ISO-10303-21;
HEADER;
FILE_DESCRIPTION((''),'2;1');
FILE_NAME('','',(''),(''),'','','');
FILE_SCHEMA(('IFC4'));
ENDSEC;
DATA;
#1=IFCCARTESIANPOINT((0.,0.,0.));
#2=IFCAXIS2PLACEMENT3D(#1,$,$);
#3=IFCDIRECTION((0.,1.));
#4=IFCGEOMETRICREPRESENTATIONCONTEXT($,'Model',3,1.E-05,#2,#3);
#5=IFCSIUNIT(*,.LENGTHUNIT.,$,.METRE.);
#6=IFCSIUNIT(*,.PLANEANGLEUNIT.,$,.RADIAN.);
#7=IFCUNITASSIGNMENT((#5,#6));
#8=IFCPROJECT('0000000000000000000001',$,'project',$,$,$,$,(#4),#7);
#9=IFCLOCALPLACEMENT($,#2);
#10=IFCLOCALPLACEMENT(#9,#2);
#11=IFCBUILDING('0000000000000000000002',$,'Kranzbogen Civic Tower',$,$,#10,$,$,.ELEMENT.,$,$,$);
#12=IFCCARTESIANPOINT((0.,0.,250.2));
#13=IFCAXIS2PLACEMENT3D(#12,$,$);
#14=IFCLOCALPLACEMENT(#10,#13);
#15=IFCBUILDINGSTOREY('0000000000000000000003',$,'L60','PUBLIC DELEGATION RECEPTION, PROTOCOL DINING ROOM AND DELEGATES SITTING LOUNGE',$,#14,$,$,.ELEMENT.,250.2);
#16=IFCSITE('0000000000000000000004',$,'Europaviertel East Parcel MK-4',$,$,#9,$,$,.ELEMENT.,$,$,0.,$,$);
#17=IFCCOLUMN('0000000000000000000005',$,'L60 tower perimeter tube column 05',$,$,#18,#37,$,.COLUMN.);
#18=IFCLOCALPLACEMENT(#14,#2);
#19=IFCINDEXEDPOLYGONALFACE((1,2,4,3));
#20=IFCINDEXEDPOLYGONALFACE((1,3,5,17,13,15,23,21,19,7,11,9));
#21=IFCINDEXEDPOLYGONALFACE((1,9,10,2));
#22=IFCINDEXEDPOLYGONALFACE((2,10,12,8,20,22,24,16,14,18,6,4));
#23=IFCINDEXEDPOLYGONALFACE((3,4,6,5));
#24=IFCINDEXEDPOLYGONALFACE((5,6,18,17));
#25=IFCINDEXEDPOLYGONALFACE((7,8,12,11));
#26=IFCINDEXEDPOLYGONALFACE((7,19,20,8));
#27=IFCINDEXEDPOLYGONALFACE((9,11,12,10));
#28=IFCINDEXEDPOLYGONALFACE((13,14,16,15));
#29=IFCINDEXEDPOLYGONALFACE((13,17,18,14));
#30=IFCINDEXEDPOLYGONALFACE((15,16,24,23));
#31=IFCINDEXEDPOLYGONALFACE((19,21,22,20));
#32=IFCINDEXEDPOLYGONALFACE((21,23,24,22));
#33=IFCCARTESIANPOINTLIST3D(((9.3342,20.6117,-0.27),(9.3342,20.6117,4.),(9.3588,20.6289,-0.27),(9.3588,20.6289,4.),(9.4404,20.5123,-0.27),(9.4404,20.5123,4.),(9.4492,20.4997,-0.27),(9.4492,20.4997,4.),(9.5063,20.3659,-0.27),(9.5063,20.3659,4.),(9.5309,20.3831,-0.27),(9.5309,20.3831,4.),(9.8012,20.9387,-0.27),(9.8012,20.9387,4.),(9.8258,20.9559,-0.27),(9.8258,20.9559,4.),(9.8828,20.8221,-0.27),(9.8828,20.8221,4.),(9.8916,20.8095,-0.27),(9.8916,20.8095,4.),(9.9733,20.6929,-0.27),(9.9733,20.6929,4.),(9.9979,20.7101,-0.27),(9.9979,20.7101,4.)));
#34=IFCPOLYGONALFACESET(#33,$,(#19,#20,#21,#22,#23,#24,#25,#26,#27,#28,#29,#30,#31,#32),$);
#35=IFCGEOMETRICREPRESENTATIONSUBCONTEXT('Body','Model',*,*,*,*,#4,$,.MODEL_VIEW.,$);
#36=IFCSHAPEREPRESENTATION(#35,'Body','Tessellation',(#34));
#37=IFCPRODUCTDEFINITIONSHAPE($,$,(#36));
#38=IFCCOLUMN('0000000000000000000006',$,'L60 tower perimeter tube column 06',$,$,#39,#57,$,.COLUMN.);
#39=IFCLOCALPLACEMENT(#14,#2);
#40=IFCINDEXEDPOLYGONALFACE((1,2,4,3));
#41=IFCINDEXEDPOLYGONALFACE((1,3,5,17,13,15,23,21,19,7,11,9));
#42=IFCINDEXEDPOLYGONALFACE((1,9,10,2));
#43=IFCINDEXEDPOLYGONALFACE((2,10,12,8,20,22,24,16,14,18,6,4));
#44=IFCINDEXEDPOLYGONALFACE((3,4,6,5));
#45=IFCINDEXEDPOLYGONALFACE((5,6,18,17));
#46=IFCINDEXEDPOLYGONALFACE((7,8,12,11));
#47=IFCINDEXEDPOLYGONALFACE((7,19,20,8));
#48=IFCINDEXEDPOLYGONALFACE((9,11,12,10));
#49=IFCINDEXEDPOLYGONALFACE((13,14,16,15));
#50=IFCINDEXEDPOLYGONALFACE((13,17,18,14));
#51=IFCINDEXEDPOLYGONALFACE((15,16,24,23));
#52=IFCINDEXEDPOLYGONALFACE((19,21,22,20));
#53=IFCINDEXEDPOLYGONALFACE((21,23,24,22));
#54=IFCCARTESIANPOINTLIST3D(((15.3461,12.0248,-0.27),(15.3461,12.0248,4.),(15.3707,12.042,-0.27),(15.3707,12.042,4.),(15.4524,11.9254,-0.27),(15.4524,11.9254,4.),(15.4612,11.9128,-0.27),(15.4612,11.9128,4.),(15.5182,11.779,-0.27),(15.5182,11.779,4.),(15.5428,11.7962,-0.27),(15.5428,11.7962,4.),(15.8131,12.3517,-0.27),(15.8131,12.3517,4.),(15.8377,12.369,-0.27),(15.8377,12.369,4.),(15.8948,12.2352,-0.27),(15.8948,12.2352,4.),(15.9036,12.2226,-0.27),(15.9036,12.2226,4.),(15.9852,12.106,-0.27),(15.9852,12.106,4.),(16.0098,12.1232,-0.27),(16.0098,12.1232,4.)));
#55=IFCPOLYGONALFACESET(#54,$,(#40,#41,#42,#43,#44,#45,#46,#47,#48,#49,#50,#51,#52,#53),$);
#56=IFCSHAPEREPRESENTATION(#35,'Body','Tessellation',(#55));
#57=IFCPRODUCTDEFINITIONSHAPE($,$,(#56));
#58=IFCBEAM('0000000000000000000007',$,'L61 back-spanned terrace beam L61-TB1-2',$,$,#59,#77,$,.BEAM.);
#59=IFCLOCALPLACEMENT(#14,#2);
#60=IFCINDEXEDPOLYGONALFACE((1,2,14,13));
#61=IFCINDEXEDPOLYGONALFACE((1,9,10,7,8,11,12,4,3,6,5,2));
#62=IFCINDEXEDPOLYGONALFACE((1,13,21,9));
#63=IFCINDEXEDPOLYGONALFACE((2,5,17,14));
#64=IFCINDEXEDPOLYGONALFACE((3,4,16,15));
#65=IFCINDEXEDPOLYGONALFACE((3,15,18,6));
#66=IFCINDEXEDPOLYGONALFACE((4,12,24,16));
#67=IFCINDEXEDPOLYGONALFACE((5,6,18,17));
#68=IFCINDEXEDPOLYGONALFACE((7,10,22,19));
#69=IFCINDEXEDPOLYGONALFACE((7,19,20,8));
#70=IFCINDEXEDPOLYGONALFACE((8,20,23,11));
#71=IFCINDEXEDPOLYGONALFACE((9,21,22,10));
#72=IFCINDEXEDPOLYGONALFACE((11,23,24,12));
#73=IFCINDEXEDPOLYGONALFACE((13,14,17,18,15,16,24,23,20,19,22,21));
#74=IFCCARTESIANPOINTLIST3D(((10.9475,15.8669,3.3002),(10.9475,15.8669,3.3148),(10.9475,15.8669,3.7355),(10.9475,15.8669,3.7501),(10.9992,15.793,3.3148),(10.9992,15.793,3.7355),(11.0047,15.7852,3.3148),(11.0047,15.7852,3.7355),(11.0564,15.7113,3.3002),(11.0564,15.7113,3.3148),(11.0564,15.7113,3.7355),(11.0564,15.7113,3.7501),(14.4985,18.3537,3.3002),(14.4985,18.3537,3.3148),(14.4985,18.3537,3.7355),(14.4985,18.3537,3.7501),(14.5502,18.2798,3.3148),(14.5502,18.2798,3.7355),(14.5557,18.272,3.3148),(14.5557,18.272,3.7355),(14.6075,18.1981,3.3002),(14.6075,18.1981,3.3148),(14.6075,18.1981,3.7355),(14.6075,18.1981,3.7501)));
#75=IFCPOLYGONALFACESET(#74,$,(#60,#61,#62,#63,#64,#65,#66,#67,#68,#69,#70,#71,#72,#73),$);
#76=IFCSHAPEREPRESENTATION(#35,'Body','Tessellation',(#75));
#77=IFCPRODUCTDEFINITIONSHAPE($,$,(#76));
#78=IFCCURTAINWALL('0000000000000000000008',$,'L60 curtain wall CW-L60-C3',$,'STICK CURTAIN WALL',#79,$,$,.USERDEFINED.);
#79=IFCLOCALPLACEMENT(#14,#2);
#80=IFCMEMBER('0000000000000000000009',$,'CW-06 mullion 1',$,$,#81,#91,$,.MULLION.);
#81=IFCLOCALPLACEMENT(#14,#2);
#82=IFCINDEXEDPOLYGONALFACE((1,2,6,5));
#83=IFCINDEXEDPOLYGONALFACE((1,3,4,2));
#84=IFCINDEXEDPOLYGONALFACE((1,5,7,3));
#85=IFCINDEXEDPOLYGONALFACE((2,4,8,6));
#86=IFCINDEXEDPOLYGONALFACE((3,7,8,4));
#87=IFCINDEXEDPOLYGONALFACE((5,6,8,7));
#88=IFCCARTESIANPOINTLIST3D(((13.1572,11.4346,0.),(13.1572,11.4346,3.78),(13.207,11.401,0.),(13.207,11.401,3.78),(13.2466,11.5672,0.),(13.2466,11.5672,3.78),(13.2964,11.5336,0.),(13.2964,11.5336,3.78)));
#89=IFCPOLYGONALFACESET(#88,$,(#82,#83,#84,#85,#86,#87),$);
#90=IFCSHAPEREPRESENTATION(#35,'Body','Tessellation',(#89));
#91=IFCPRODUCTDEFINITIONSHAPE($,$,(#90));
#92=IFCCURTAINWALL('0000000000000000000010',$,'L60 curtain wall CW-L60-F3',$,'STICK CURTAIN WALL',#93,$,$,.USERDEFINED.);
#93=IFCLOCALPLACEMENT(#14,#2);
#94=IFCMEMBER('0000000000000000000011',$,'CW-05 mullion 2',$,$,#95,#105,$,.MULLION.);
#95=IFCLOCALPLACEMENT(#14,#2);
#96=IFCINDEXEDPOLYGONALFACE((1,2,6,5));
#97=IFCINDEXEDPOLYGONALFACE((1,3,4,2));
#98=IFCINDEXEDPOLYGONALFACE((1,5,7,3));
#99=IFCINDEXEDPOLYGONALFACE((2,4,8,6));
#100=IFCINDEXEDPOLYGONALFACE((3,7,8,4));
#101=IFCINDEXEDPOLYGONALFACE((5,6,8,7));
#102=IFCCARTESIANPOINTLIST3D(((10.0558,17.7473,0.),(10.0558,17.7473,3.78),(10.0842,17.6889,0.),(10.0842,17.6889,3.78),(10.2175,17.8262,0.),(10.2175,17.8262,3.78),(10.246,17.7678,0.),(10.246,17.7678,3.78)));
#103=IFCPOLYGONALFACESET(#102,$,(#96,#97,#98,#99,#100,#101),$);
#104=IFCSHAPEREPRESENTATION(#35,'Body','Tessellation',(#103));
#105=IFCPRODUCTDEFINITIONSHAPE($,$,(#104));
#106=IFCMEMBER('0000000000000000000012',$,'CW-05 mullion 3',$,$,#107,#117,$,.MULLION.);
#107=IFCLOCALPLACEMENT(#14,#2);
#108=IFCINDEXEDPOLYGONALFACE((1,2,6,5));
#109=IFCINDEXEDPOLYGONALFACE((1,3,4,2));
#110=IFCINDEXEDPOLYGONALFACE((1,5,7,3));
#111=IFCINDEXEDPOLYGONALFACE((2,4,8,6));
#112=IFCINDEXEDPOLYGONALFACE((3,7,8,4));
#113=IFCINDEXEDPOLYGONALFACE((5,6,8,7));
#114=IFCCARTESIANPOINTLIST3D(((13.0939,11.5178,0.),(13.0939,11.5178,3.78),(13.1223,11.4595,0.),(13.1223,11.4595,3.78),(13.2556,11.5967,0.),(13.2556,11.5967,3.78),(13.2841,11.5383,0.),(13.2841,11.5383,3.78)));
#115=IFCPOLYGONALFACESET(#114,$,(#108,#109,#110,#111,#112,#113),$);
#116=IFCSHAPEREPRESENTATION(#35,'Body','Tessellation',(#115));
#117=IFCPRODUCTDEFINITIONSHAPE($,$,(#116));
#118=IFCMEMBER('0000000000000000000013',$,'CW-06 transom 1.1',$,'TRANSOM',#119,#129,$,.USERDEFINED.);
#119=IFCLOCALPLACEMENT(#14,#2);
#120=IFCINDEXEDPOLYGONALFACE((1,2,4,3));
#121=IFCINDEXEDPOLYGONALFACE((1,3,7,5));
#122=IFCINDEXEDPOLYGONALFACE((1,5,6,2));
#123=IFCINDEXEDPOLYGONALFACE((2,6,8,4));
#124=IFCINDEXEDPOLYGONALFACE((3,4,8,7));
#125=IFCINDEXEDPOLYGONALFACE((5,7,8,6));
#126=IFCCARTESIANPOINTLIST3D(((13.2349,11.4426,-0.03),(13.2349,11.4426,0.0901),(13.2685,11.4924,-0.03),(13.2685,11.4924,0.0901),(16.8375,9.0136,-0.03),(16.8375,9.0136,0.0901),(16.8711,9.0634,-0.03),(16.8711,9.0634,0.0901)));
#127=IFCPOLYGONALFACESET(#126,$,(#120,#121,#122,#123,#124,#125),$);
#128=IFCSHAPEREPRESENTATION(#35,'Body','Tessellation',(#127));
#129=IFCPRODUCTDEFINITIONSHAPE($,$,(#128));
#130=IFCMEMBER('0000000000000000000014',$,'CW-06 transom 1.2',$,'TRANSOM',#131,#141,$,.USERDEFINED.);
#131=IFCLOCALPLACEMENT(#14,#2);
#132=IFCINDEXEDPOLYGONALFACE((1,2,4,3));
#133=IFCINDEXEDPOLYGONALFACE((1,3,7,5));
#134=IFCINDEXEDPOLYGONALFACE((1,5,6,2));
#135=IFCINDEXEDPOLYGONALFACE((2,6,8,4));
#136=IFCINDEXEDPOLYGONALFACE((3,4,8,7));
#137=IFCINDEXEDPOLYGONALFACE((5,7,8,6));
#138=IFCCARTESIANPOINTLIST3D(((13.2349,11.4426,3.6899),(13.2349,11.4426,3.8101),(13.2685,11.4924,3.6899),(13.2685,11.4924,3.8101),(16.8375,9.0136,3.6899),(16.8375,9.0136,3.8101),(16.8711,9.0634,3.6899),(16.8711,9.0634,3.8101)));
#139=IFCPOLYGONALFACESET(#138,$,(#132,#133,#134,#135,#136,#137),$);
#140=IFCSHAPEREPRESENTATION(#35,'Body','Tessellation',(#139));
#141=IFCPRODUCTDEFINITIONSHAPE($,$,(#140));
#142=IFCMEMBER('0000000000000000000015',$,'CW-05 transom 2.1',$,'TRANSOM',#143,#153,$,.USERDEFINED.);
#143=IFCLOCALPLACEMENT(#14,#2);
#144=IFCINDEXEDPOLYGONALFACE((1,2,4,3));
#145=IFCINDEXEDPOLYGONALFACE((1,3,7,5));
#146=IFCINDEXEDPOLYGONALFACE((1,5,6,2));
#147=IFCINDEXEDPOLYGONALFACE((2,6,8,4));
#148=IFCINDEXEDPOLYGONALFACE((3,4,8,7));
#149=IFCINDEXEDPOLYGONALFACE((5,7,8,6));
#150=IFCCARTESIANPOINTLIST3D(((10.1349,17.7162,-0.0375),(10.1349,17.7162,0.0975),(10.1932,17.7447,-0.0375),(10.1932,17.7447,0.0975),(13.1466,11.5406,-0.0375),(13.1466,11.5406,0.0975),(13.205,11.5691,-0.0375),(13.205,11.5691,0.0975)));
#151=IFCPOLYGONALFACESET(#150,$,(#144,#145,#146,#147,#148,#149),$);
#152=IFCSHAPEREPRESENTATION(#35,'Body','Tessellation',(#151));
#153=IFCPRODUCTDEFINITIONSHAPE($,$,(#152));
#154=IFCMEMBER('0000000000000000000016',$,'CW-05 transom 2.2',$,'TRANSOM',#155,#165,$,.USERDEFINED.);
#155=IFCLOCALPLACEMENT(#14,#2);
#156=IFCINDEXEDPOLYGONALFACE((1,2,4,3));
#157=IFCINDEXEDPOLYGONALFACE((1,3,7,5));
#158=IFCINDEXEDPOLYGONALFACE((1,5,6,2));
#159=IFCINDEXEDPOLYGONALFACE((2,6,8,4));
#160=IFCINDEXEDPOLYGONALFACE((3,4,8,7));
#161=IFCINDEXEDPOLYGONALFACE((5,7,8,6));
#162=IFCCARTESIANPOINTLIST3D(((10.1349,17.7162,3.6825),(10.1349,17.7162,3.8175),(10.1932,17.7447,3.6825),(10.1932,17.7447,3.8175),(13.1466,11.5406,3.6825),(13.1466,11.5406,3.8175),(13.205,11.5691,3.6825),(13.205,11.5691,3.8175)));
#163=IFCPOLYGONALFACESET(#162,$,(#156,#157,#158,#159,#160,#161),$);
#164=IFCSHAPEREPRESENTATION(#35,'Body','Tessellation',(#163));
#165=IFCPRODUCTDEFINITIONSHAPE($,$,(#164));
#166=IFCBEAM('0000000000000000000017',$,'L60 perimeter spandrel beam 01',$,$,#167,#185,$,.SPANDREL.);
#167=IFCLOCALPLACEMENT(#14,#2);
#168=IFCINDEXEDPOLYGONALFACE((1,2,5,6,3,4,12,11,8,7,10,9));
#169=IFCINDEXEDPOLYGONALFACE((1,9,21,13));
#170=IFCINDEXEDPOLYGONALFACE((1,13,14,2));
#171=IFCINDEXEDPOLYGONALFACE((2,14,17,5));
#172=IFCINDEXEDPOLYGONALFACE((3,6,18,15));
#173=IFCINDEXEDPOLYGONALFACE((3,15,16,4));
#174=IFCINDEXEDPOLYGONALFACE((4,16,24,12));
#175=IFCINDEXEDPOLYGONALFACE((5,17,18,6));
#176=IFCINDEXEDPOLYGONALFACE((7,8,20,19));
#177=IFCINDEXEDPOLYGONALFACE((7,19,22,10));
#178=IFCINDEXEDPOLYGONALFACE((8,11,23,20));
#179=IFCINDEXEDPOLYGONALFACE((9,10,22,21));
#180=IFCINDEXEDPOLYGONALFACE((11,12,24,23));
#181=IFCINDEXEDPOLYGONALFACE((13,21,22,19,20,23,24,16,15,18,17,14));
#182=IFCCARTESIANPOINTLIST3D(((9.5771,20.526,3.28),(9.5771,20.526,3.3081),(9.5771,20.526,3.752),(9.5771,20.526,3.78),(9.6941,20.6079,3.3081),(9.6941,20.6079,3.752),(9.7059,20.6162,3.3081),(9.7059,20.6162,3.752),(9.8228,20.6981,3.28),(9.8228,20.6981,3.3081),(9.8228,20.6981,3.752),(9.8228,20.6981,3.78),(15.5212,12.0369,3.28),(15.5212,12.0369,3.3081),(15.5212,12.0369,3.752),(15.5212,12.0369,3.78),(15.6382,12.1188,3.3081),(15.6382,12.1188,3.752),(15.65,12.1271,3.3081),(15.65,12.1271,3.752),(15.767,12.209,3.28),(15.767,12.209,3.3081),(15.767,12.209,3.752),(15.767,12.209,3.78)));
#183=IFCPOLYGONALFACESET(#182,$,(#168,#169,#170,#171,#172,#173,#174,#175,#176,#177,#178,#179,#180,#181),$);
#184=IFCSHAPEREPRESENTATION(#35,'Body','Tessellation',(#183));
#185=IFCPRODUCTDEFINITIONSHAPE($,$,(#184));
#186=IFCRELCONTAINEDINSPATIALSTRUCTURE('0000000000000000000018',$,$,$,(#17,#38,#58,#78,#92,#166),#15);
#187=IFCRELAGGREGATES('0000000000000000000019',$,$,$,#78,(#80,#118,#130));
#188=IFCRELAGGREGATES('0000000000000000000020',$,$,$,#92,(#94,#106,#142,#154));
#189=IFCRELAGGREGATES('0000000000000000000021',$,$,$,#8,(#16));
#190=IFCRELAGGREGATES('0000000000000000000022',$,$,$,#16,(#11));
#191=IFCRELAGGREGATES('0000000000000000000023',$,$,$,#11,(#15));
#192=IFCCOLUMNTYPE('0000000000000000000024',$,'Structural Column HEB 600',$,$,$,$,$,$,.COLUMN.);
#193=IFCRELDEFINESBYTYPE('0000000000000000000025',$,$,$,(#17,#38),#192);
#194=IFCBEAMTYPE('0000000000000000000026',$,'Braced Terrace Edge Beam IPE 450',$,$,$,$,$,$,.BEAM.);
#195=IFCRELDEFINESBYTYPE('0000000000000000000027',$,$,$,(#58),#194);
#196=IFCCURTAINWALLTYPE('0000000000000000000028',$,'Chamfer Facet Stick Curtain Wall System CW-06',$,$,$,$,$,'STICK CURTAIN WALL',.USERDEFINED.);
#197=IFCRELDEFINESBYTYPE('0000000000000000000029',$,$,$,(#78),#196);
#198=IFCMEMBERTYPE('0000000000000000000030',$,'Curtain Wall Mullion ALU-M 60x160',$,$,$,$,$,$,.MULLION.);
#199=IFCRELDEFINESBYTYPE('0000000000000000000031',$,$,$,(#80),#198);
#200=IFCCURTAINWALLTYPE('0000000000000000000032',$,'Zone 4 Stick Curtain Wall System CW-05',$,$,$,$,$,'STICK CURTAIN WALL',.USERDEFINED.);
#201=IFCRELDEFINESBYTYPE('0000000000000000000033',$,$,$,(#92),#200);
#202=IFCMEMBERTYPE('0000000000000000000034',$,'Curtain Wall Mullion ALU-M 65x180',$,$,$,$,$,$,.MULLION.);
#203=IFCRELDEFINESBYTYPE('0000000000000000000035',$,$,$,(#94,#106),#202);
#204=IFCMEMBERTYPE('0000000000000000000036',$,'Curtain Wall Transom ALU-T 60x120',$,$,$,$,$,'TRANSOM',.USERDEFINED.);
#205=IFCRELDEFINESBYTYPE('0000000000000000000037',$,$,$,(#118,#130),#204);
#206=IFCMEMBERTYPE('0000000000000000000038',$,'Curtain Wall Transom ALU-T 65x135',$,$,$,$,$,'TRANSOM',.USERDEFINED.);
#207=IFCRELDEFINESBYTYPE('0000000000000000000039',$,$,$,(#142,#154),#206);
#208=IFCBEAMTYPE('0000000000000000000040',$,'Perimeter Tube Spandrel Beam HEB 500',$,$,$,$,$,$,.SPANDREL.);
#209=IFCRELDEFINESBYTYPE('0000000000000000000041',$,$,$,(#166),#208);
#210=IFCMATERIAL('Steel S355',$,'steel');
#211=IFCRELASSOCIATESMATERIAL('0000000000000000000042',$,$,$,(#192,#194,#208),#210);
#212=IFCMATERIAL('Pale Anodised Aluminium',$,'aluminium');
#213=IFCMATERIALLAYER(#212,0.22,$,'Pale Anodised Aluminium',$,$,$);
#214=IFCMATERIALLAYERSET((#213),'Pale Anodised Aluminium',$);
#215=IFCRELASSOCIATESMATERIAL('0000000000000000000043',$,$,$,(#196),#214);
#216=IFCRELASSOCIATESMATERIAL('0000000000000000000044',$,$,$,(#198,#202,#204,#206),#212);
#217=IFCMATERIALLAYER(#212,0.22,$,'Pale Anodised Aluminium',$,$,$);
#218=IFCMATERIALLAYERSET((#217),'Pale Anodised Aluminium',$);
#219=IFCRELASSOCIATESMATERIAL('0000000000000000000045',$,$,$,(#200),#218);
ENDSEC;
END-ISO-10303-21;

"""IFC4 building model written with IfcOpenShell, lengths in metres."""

from ifc_helpers import new_model, si_unit, direction, frame, origin, origin_2d, place, context, subcontext, project, spatial, rectangle, i_section, extrude, material, layer, layer_set, material_profile, profile_set, type_object, element, aggregate, save


model = new_model("IFC4")

# Units and contexts
model_context = context("Model", 3, precision=1e-05, world=origin(), true_north=direction((0.0, 1.0)))
body_context = subcontext(model_context, "Body", "Model", "MODEL_VIEW")
ifc_project = project(units=[si_unit("LENGTHUNIT", "METRE"), si_unit("PLANEANGLEUNIT", "RADIAN")], contexts=[model_context])

# Site, building, storey
site_placement = place(None, origin())
site = spatial("IfcSite", under=ifc_project, at=site_placement, Name="Europaviertel East Parcel MK-4", CompositionType="ELEMENT", RefElevation=0.0)
building_placement = place(site_placement, origin())
building = spatial("IfcBuilding", under=site, at=building_placement, Name="Kranzbogen Civic Tower", CompositionType="ELEMENT")
storey_placement = place(building_placement, frame((0.0, 0.0, 250.2)))
storey = spatial("IfcBuildingStorey", under=building, at=storey_placement, Name="L60", Description="PUBLIC DELEGATION RECEPTION, PROTOCOL DINING ROOM AND DELEGATES SITTING LOUNGE", CompositionType="ELEMENT", Elevation=250.2)

# Columns
ifc_material_1 = material(Name="Steel S355", Category="steel")
ifc_material_profile_1 = material_profile(ifc_material_1, i_section(OverallWidth=0.3, OverallDepth=0.6001, WebThickness=0.0154, FlangeThickness=0.03, at=origin_2d()), Name="HEB 600")
ifc_profile_set_1 = profile_set([ifc_material_profile_1], Name="Steel S355")
column_type = type_object("IfcColumnType", Name="Structural Column HEB 600", PredefinedType="COLUMN", material=ifc_profile_set_1)
for number, where, z_axis, x_axis, name in (
    (1, (9.666, 20.6609, -0.27), (0.0, 0.0, 1.0), (-0.573576, 0.819152, 0.0), "L60 tower perimeter tube column 05"),
    (2, (15.678, 12.074, -0.27), (0.0, 0.0, 1.0), (-0.573576, 0.819152, 0.0), "L60 tower perimeter tube column 06"),
):
    element("IfcColumn", number, at=place(storey_placement, frame(where, z_axis=z_axis, x_axis=x_axis)), inside=storey, type_object=column_type, Name=name, PredefinedType="COLUMN", context=body_context, shape_type="SweptSolid", body=[
        extrude(i_section(OverallWidth=0.3, OverallDepth=0.6001, WebThickness=0.0154, FlangeThickness=0.03, at=origin_2d()), origin(), (0.0, 0.0, 1.0), 4.27),
    ])

# Beam
ifc_material_profile_2 = material_profile(ifc_material_1, i_section(OverallWidth=0.1899, OverallDepth=0.45, WebThickness=0.0095, FlangeThickness=0.0146, at=origin_2d()), Name="IPE 450")
ifc_profile_set_2 = profile_set([ifc_material_profile_2], Name="Steel S355")
beam_type_1 = type_object("IfcBeamType", Name="Braced Terrace Edge Beam IPE 450", PredefinedType="BEAM", material=ifc_profile_set_2)
beam_1_placement = place(storey_placement, frame((14.553, 18.2759, 3.5251), z_axis=(-0.819113, -0.573632, 0.0), x_axis=(0.573632, -0.819113, 0.0)))
element("IfcBeam", 3, at=beam_1_placement, inside=storey, type_object=beam_type_1, Name="L61 back-spanned terrace beam L61-TB1-2", PredefinedType="BEAM", context=body_context, shape_type="SweptSolid", body=[
    extrude(i_section(OverallWidth=0.1899, OverallDepth=0.45, WebThickness=0.0095, FlangeThickness=0.0146, at=origin_2d()), origin(), (0.0, 0.0, 1.0), 4.3352),
])

# Curtain wall, member
ifc_material_2 = material(Name="Pale Anodised Aluminium", Category="aluminium")
ifc_layer_1 = layer(ifc_material_2, 0.22, Name="Pale Anodised Aluminium")
ifc_layer_set_1 = layer_set([ifc_layer_1], Name="Pale Anodised Aluminium")
curtain_wall_type_1 = type_object("IfcCurtainWallType", Name="Chamfer Facet Stick Curtain Wall System CW-06", ElementType="STICK CURTAIN WALL", PredefinedType="USERDEFINED", material=ifc_layer_set_1)
curtain_wall_1_placement = place(storey_placement, origin())
curtain_wall_1 = element("IfcCurtainWall", 4, at=curtain_wall_1_placement, inside=storey, type_object=curtain_wall_type_1, Name="L60 curtain wall CW-L60-C3", ObjectType="STICK CURTAIN WALL", PredefinedType="USERDEFINED")
ifc_material_profile_3 = material_profile(ifc_material_2, rectangle(XDim=0.0601, YDim=0.1599, at=origin_2d()), Name="ALU-M 60x160")
ifc_profile_set_3 = profile_set([ifc_material_profile_3], Name="Pale Anodised Aluminium")
member_type_1 = type_object("IfcMemberType", Name="Curtain Wall Mullion ALU-M 60x160", PredefinedType="MULLION", material=ifc_profile_set_3)
member_1_placement = place(storey_placement, frame((13.2268, 11.4841, 0.0), z_axis=(0.0, 0.0, 1.0), x_axis=(0.829145, -0.559034, 0.0)))
member_1 = element("IfcMember", 5, at=member_1_placement, type_object=member_type_1, Name="CW-06 mullion 1", PredefinedType="MULLION", context=body_context, shape_type="SweptSolid", body=[
    extrude(rectangle(XDim=0.0601, YDim=0.1599, at=origin_2d()), origin(), (0.0, 0.0, 1.0), 3.78),
])

# Curtain wall, members
ifc_layer_2 = layer(ifc_material_2, 0.22, Name="Pale Anodised Aluminium")
ifc_layer_set_2 = layer_set([ifc_layer_2], Name="Pale Anodised Aluminium")
curtain_wall_type_2 = type_object("IfcCurtainWallType", Name="Zone 4 Stick Curtain Wall System CW-05", ElementType="STICK CURTAIN WALL", PredefinedType="USERDEFINED", material=ifc_layer_set_2)
curtain_wall_2_placement = place(storey_placement, origin())
curtain_wall_2 = element("IfcCurtainWall", 6, at=curtain_wall_2_placement, inside=storey, type_object=curtain_wall_type_2, Name="L60 curtain wall CW-L60-F3", ObjectType="STICK CURTAIN WALL", PredefinedType="USERDEFINED")
ifc_material_profile_4 = material_profile(ifc_material_2, rectangle(XDim=0.0649, YDim=0.1799, at=origin_2d()), Name="ALU-M 65x180")
ifc_profile_set_4 = profile_set([ifc_material_profile_4], Name="Pale Anodised Aluminium")
member_type_2 = type_object("IfcMemberType", Name="Curtain Wall Mullion ALU-M 65x180", PredefinedType="MULLION", material=ifc_profile_set_4)
member_2_placement = place(storey_placement, frame((10.1509, 17.7576, 0.0), z_axis=(0.0, 0.0, 1.0), x_axis=(0.438313, -0.898822, 0.0)))
member_2 = element("IfcMember", 7, at=member_2_placement, type_object=member_type_2, Name="CW-05 mullion 2", PredefinedType="MULLION", context=body_context, shape_type="SweptSolid", body=[
    extrude(rectangle(XDim=0.0649, YDim=0.1799, at=origin_2d()), origin(), (0.0, 0.0, 1.0), 3.78),
])
member_3_placement = place(storey_placement, frame((13.189, 11.5281, 0.0), z_axis=(0.0, 0.0, 1.0), x_axis=(0.438313, -0.898822, 0.0)))
member_3 = element("IfcMember", 8, at=member_3_placement, type_object=member_type_2, Name="CW-05 mullion 3", PredefinedType="MULLION", context=body_context, shape_type="SweptSolid", body=[
    extrude(rectangle(XDim=0.0649, YDim=0.1799, at=origin_2d()), origin(), (0.0, 0.0, 1.0), 3.78),
])

# Members
ifc_material_profile_5 = material_profile(ifc_material_2, rectangle(XDim=0.0601, YDim=0.1201, at=origin_2d()), Name="ALU-T 60x120")
ifc_profile_set_5 = profile_set([ifc_material_profile_5], Name="Pale Anodised Aluminium")
member_type_3 = type_object("IfcMemberType", Name="Curtain Wall Transom ALU-T 60x120", ElementType="TRANSOM", PredefinedType="USERDEFINED", material=ifc_profile_set_5)
member_4_placement = place(storey_placement, frame((13.2517, 11.4675, 0.03), z_axis=(0.829143, -0.559037, 0.0), x_axis=(0.559037, 0.829143, 0.0)))
member_4 = element("IfcMember", 9, at=member_4_placement, type_object=member_type_3, Name="CW-06 transom 1.1", ObjectType="TRANSOM", PredefinedType="USERDEFINED", context=body_context, shape_type="SweptSolid", body=[
    extrude(rectangle(XDim=0.0601, YDim=0.1201, at=origin_2d()), origin(), (0.0, 0.0, 1.0), 4.345),
])
member_5_placement = place(storey_placement, frame((13.2517, 11.4675, 3.75), z_axis=(0.829143, -0.559037, 0.0), x_axis=(0.559037, 0.829143, 0.0)))
member_5 = element("IfcMember", 10, at=member_5_placement, type_object=member_type_3, Name="CW-06 transom 1.2", ObjectType="TRANSOM", PredefinedType="USERDEFINED", context=body_context, shape_type="SweptSolid", body=[
    extrude(rectangle(XDim=0.0601, YDim=0.1201, at=origin_2d()), origin(), (0.0, 0.0, 1.0), 4.345),
])
ifc_material_profile_6 = material_profile(ifc_material_2, rectangle(XDim=0.0649, YDim=0.135, at=origin_2d()), Name="ALU-T 65x135")
ifc_profile_set_6 = profile_set([ifc_material_profile_6], Name="Pale Anodised Aluminium")
member_type_4 = type_object("IfcMemberType", Name="Curtain Wall Transom ALU-T 65x135", ElementType="TRANSOM", PredefinedType="USERDEFINED", material=ifc_profile_set_6)
member_6_placement = place(storey_placement, frame((10.1641, 17.7305, 0.03), z_axis=(0.438337, -0.898811, 0.0), x_axis=(0.898811, 0.438337, 0.0)))
member_6 = element("IfcMember", 11, at=member_6_placement, type_object=member_type_4, Name="CW-05 transom 2.1", ObjectType="TRANSOM", PredefinedType="USERDEFINED", context=body_context, shape_type="SweptSolid", body=[
    extrude(rectangle(XDim=0.0649, YDim=0.135, at=origin_2d()), origin(), (0.0, 0.0, 1.0), 6.8708),
])
member_7_placement = place(storey_placement, frame((10.1641, 17.7305, 3.75), z_axis=(0.438337, -0.898811, 0.0), x_axis=(0.898811, 0.438337, 0.0)))
member_7 = element("IfcMember", 12, at=member_7_placement, type_object=member_type_4, Name="CW-05 transom 2.2", ObjectType="TRANSOM", PredefinedType="USERDEFINED", context=body_context, shape_type="SweptSolid", body=[
    extrude(rectangle(XDim=0.0649, YDim=0.135, at=origin_2d()), origin(), (0.0, 0.0, 1.0), 6.8708),
])

# Beam
ifc_material_profile_7 = material_profile(ifc_material_1, i_section(OverallWidth=0.3, OverallDepth=0.5, WebThickness=0.0144, FlangeThickness=0.0281, at=origin_2d()), Name="HEB 500")
ifc_profile_set_7 = profile_set([ifc_material_profile_7], Name="Steel S355")
beam_type_2 = type_object("IfcBeamType", Name="Perimeter Tube Spandrel Beam HEB 500", PredefinedType="SPANDREL", material=ifc_profile_set_7)
beam_2_placement = place(storey_placement, frame((9.7, 20.6121, 3.53), z_axis=(0.573578, -0.819151, 0.0), x_axis=(0.819151, 0.573578, 0.0)))
element("IfcBeam", 13, at=beam_2_placement, inside=storey, type_object=beam_type_2, Name="L60 perimeter spandrel beam 01", PredefinedType="SPANDREL", context=body_context, shape_type="SweptSolid", body=[
    extrude(i_section(OverallWidth=0.3, OverallDepth=0.5, WebThickness=0.0144, FlangeThickness=0.0281, at=origin_2d()), origin(), (0.0, 0.0, 1.0), 10.3633),
])

aggregate(curtain_wall_1, [member_1, member_4, member_5])
aggregate(curtain_wall_2, [member_2, member_3, member_6, member_7])

save(model, "model.ifc")
